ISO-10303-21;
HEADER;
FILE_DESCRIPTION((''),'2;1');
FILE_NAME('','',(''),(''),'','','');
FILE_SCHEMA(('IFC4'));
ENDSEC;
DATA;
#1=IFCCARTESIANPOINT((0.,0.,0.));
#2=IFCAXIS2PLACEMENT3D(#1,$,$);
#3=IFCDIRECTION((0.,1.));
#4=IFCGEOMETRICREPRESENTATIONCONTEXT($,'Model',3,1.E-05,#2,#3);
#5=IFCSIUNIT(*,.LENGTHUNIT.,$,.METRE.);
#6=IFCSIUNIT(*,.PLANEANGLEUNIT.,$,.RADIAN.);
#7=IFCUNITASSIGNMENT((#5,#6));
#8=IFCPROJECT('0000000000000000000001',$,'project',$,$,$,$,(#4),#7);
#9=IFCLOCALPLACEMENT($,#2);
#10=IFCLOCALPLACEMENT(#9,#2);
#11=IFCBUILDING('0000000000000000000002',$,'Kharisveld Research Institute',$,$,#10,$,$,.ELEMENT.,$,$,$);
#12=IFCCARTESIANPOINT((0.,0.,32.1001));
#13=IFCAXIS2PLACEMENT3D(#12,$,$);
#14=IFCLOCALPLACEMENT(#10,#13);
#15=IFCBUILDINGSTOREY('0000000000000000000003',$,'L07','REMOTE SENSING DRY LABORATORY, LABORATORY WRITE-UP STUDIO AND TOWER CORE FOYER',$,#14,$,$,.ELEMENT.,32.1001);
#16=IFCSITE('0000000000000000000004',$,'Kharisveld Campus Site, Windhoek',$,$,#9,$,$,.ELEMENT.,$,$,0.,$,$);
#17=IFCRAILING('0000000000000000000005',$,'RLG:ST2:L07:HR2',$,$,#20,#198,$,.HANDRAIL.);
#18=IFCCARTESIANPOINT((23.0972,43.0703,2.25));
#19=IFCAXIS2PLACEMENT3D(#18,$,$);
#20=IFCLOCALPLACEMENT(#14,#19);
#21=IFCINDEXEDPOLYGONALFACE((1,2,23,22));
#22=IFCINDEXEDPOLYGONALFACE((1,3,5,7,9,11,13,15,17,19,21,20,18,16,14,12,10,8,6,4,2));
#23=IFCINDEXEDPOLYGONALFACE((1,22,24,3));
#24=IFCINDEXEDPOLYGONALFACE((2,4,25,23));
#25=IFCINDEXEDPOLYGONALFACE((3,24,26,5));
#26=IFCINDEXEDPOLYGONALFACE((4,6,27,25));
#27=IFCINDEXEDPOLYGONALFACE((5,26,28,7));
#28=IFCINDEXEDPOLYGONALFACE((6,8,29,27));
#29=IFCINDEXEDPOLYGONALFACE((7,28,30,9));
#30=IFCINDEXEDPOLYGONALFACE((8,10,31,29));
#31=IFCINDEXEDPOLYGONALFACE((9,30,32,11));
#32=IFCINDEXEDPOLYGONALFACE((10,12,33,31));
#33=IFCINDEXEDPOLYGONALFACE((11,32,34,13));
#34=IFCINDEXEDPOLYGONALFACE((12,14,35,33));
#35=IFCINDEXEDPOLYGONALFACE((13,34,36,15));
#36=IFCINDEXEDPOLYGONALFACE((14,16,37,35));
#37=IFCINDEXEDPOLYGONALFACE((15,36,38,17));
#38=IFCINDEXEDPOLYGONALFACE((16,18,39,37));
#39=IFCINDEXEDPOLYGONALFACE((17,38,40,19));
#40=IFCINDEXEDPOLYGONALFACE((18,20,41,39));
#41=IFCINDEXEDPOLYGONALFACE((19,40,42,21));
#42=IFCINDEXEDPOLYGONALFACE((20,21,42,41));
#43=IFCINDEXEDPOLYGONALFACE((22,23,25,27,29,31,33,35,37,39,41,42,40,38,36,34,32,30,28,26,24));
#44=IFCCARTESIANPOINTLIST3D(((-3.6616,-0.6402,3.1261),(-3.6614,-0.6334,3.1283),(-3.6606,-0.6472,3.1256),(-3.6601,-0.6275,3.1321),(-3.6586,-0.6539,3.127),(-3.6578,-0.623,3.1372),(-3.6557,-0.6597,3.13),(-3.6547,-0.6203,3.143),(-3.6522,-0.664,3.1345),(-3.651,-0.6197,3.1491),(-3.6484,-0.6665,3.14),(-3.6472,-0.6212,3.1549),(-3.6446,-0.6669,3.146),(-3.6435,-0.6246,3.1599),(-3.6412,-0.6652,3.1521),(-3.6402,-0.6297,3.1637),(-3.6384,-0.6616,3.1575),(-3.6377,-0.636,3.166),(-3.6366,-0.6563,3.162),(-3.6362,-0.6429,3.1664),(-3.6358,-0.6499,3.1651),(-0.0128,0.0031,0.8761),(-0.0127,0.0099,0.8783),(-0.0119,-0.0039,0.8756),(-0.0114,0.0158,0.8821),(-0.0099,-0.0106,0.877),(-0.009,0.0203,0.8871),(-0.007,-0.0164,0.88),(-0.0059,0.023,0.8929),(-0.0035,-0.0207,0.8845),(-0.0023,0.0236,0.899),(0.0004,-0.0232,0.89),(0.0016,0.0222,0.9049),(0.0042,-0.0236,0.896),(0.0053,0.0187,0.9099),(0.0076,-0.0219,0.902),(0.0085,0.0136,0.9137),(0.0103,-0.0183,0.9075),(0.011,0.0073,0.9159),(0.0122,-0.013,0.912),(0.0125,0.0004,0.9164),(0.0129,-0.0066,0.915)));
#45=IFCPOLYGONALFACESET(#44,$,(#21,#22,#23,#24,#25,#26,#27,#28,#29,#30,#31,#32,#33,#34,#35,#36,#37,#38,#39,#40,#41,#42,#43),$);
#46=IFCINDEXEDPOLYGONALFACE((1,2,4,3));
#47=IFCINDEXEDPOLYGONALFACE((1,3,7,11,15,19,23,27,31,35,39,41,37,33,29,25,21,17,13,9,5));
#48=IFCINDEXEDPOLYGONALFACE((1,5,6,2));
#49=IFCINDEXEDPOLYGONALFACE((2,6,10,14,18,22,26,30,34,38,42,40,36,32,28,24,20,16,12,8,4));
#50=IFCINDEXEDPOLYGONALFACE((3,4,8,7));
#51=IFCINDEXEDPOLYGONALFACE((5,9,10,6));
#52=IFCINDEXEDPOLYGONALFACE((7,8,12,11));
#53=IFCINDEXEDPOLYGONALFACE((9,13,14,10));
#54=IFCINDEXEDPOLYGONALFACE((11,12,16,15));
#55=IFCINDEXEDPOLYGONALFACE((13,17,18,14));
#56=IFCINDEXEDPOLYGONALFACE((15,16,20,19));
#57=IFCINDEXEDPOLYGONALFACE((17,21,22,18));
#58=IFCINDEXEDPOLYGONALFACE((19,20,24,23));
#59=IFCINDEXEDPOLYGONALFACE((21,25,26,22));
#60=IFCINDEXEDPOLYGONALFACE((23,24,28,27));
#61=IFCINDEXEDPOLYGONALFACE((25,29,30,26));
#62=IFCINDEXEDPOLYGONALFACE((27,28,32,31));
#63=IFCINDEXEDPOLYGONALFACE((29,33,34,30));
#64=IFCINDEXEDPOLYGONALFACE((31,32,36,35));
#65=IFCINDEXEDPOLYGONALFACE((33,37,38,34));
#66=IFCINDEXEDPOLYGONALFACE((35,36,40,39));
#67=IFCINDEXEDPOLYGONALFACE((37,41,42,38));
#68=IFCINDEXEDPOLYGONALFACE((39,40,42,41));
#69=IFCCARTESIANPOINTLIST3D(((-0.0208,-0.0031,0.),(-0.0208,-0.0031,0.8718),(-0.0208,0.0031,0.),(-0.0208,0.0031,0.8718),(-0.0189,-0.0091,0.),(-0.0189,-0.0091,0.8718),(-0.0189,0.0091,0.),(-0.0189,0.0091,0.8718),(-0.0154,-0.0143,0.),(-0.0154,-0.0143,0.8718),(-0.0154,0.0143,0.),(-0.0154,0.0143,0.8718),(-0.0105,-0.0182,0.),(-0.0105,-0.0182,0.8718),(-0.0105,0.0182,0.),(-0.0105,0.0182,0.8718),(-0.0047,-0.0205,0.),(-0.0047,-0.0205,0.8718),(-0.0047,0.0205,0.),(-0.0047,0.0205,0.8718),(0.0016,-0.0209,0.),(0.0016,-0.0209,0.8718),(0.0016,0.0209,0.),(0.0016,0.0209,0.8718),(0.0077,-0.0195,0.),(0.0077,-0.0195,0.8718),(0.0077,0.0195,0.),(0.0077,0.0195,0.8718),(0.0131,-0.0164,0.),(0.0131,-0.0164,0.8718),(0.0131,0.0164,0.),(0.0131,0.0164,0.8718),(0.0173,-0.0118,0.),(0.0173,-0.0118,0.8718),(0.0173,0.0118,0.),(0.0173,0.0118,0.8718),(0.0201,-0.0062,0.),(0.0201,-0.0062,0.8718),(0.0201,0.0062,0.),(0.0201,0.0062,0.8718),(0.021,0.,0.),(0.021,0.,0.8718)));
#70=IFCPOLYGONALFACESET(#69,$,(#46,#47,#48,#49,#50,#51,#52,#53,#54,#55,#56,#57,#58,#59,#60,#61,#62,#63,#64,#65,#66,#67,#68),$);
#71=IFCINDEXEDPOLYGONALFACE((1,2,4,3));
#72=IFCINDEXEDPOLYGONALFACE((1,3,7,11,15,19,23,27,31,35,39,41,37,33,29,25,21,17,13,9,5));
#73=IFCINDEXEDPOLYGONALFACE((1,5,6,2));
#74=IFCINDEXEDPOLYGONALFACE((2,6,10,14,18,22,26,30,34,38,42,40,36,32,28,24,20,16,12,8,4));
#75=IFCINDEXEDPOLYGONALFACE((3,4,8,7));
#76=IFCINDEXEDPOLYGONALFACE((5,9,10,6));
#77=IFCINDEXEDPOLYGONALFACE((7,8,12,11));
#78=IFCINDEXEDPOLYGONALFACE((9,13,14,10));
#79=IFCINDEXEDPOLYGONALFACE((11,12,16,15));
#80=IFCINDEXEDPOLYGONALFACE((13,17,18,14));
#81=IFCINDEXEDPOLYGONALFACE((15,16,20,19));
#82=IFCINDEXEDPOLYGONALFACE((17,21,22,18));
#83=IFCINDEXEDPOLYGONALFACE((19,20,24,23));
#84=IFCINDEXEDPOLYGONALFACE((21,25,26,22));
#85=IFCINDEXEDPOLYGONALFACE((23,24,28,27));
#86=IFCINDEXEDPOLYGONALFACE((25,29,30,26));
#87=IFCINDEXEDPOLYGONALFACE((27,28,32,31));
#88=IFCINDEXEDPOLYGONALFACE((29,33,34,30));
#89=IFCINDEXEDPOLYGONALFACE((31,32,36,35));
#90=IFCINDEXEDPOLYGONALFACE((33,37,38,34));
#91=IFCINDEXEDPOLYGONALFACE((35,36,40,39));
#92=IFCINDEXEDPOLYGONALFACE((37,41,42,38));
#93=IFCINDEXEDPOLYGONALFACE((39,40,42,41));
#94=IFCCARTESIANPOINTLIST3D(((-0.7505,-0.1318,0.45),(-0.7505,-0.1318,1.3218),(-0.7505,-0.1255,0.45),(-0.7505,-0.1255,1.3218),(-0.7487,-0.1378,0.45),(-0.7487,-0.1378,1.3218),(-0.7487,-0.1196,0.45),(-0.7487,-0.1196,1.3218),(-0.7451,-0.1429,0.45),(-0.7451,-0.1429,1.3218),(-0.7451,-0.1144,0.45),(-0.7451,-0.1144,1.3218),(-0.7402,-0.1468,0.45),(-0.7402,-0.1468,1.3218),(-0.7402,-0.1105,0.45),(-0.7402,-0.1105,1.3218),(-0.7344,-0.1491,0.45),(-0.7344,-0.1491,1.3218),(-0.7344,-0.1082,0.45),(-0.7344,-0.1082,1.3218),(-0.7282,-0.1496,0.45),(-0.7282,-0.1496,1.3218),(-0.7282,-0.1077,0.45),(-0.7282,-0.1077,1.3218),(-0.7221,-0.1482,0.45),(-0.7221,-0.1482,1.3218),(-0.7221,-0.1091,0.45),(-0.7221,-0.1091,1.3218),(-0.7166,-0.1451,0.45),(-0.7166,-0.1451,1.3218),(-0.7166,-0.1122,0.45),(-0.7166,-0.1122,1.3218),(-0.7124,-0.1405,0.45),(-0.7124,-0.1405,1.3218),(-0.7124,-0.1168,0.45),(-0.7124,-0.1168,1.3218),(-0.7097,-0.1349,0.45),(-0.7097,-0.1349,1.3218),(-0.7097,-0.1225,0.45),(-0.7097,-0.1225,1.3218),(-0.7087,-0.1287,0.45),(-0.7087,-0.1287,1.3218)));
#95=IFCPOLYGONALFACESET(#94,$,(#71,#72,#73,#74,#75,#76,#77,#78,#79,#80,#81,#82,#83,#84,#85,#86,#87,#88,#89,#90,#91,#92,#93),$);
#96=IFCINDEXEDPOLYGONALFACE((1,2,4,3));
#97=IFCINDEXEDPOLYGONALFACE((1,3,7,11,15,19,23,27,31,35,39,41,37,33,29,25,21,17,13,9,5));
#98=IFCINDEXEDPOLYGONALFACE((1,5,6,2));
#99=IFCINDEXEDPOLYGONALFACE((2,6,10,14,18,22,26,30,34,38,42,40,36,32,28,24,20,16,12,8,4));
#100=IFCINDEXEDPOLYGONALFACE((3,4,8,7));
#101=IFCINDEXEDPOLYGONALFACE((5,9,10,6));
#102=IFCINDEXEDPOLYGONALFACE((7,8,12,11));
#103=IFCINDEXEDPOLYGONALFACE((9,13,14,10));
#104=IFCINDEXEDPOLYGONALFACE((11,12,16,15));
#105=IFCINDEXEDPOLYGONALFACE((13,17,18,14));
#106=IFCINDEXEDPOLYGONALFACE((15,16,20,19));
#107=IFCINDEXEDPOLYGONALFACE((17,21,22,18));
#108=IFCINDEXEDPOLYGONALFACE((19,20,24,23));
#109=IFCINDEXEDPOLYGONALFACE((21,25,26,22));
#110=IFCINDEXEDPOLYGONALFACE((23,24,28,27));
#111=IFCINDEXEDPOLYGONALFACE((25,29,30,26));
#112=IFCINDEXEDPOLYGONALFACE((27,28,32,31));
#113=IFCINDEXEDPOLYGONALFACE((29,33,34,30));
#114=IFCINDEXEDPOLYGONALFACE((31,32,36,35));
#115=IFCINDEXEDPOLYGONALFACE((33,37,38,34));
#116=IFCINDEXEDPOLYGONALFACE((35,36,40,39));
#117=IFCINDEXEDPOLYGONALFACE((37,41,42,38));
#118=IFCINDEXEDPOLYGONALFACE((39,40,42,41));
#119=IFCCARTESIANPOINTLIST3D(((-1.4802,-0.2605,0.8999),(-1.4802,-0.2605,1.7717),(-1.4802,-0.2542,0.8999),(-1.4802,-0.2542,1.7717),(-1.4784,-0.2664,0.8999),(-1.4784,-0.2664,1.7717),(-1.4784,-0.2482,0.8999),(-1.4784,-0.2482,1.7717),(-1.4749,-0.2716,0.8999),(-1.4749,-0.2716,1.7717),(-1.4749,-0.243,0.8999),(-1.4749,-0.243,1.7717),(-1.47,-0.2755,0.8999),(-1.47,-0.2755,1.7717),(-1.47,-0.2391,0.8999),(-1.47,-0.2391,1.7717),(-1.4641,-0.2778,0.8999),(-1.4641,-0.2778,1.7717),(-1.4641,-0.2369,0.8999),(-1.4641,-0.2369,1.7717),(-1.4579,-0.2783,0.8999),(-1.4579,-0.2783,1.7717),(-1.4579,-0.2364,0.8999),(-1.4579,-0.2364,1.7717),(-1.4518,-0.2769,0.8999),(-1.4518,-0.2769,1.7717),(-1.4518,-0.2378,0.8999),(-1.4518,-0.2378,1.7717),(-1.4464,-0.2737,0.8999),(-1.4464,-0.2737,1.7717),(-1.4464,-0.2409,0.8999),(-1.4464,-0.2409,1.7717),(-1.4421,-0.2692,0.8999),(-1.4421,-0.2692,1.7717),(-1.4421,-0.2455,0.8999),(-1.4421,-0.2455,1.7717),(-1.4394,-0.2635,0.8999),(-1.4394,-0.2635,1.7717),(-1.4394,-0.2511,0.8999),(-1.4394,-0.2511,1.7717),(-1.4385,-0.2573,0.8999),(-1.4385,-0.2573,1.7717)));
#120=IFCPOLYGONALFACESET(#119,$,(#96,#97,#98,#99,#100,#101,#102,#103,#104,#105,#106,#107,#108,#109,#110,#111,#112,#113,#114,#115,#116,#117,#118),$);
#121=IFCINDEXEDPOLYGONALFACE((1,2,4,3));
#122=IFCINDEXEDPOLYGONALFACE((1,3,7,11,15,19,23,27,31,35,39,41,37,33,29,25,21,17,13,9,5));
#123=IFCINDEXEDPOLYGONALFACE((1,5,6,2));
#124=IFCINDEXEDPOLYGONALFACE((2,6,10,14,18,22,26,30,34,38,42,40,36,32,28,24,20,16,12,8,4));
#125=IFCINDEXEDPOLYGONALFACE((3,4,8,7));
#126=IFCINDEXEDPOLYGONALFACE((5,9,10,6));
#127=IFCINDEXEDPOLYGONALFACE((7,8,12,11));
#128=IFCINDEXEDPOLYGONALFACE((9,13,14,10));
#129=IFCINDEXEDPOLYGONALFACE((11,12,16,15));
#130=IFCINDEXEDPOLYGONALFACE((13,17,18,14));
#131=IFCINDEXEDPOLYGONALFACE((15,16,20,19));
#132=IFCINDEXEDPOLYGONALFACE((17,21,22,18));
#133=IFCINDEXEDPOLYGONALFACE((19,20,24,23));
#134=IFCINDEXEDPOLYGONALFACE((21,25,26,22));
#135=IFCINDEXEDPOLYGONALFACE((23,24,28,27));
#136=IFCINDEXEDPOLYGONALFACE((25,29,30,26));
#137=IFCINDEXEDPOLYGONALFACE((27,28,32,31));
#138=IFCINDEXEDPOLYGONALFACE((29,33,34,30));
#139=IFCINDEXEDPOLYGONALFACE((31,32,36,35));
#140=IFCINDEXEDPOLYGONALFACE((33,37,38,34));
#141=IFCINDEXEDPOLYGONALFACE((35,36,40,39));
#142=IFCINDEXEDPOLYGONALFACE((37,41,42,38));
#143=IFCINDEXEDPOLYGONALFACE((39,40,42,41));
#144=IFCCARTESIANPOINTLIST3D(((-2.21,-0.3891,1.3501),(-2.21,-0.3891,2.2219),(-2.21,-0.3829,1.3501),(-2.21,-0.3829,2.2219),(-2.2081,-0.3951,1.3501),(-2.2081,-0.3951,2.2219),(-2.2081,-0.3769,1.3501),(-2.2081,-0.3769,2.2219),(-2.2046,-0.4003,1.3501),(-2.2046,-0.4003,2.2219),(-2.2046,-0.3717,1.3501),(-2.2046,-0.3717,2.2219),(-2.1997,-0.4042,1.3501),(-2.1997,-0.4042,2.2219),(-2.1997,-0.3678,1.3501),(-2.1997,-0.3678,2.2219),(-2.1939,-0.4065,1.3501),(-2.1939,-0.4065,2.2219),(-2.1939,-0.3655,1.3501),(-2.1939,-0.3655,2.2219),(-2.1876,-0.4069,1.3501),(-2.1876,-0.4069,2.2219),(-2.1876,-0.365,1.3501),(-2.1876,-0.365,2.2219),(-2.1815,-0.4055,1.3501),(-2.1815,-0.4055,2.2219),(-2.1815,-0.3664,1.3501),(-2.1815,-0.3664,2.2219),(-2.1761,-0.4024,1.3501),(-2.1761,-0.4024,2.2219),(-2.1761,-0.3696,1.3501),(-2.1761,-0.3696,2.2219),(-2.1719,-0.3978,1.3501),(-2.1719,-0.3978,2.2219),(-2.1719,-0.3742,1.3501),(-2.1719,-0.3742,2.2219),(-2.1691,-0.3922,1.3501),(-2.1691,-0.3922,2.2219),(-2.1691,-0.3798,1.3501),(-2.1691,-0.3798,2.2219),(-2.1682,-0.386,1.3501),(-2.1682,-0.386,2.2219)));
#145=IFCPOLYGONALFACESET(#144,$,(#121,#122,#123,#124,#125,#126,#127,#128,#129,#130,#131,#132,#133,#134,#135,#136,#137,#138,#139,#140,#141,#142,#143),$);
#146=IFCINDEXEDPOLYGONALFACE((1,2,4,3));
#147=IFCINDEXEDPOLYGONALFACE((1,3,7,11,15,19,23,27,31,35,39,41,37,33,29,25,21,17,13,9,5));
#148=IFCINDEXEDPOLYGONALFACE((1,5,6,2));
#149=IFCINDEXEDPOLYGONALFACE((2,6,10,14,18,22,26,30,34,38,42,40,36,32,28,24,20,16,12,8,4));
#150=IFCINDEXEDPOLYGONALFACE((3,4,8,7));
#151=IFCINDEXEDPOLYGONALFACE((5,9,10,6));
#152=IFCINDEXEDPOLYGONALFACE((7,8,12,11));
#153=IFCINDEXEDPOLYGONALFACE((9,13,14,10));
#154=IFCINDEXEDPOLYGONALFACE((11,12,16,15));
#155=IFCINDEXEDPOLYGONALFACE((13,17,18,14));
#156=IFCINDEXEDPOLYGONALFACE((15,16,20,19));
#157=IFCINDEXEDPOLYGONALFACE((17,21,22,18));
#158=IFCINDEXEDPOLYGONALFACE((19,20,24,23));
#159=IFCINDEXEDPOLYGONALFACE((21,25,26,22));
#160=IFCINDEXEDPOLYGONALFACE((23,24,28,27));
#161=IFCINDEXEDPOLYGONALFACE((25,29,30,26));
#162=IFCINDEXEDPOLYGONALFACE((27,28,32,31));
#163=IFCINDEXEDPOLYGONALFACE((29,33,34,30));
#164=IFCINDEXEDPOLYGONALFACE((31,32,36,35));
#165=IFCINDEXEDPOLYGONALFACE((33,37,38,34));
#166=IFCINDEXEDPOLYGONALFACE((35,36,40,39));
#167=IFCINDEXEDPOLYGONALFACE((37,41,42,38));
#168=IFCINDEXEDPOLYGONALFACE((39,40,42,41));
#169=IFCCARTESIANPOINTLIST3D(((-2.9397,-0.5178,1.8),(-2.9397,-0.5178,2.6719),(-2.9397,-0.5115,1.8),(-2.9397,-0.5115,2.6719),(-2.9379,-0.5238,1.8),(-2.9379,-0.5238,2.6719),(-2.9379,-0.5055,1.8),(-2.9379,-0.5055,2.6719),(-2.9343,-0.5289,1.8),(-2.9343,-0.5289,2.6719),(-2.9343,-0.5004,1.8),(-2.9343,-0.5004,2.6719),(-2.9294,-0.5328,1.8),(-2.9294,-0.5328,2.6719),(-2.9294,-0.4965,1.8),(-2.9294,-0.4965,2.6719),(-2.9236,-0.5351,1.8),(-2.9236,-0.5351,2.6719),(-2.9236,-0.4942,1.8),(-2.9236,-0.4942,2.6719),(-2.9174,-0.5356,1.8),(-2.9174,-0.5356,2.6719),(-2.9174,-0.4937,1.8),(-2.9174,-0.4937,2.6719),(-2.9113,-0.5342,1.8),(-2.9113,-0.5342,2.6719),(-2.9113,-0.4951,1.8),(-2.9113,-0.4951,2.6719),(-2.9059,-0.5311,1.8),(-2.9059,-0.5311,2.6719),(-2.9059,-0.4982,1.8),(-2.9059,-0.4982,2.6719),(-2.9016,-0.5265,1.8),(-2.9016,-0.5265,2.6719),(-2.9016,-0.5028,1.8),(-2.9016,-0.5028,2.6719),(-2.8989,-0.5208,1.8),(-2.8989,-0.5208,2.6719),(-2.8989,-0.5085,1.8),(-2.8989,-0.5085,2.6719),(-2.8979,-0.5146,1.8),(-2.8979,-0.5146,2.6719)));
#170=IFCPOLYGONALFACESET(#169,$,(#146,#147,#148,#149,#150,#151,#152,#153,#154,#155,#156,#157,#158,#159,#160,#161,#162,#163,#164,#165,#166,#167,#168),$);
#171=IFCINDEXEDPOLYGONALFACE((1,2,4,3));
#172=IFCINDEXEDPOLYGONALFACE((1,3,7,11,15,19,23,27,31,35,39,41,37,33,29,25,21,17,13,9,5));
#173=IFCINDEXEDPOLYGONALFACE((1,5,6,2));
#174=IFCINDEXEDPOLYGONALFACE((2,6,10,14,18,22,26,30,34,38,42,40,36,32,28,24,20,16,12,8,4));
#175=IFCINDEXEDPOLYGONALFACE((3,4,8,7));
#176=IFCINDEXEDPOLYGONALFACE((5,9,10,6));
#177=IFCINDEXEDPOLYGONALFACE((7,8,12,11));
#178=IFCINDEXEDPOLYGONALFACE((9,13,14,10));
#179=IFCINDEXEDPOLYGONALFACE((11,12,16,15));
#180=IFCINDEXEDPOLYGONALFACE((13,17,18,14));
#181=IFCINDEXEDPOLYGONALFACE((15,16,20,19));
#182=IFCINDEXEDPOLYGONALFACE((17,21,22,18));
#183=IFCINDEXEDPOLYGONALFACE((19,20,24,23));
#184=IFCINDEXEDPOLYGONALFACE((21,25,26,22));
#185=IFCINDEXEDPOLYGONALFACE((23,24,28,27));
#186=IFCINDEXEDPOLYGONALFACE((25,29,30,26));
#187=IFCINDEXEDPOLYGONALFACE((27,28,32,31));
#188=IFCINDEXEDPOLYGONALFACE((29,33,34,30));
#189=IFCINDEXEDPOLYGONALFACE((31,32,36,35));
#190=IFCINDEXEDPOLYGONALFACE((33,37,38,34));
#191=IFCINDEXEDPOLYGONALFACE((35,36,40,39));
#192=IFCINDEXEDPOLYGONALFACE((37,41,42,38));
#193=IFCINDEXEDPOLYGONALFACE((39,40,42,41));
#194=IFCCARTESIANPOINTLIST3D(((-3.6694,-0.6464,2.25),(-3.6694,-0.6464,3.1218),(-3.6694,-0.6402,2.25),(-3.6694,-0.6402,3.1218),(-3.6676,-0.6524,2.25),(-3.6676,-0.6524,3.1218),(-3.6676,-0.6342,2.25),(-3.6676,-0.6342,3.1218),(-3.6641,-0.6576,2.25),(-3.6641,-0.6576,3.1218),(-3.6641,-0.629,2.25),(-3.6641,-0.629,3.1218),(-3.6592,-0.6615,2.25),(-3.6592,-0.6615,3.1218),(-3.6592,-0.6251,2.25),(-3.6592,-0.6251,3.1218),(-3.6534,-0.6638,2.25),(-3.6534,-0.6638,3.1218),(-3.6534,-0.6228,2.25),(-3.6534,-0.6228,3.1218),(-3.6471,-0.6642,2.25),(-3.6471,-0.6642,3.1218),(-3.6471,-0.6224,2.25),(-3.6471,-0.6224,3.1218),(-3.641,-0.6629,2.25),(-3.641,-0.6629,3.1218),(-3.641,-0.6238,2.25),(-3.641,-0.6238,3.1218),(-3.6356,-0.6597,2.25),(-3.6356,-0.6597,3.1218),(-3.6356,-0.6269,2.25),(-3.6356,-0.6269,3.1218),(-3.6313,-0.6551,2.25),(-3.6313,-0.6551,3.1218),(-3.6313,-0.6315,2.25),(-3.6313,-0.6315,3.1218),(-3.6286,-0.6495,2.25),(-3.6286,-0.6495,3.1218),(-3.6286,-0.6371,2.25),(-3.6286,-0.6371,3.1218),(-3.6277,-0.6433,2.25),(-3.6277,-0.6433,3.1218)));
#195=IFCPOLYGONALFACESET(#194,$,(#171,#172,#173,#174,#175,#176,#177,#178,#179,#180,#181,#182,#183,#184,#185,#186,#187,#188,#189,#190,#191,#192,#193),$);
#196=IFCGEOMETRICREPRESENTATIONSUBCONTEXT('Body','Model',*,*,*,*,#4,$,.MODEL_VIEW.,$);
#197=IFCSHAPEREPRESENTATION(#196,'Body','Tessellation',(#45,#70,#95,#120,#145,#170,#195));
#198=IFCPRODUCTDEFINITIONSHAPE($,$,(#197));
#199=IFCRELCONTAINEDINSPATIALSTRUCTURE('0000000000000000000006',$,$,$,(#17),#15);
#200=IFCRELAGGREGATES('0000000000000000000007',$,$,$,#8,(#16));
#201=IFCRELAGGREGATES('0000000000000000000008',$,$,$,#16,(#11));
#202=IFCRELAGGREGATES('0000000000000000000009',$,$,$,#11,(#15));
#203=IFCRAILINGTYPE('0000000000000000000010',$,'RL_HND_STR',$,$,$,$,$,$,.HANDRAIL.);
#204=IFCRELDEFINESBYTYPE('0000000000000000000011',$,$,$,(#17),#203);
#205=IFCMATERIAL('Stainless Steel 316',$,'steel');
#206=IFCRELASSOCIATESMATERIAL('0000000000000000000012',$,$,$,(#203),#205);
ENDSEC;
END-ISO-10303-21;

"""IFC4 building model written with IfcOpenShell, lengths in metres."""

from ifc_helpers import new_model, si_unit, direction, frame, origin, origin_2d, place, context, subcontext, project, spatial, circle, extrude, material, type_object, element, save


model = new_model("IFC4")

# Units and contexts
model_context = context("Model", 3, precision=1e-05, world=origin(), true_north=direction((0.0, 1.0)))
body_context = subcontext(model_context, "Body", "Model", "MODEL_VIEW")
ifc_project = project(units=[si_unit("LENGTHUNIT", "METRE"), si_unit("PLANEANGLEUNIT", "RADIAN")], contexts=[model_context])

# Site, building, storey
site_placement = place(None, origin())
site = spatial("IfcSite", under=ifc_project, at=site_placement, Name="Kharisveld Campus Site, Windhoek", CompositionType="ELEMENT", RefElevation=0.0)
building_placement = place(site_placement, origin())
building = spatial("IfcBuilding", under=site, at=building_placement, Name="Kharisveld Research Institute", CompositionType="ELEMENT")
storey_placement = place(building_placement, frame((0.0, 0.0, 32.1001)))
storey = spatial("IfcBuildingStorey", under=building, at=storey_placement, Name="L07", Description="REMOTE SENSING DRY LABORATORY, LABORATORY WRITE-UP STUDIO AND TOWER CORE FOYER", CompositionType="ELEMENT", Elevation=32.1001)

# Railing
ifc_material_1 = material(Name="Stainless Steel 316", Category="steel")
railing_type_1 = type_object("IfcRailingType", Name="RL_HND_STR", PredefinedType="HANDRAIL", material=ifc_material_1)
railing_1_placement = place(storey_placement, frame((23.0972, 43.0703, 2.25)))
element("IfcRailing", 1, at=railing_1_placement, inside=storey, type_object=railing_type_1, Name="RLG:ST2:L07:HR2", PredefinedType="HANDRAIL", context=body_context, shape_type="SweptSolid", body=[
    extrude(circle(Radius=0.0239, at=origin_2d()), frame((0.0, 0.0, 0.896), z_axis=(-0.841747, -0.148411, 0.519073), x_axis=(0.173635, -0.98481, 0.0)), (0.0, 0.0, 1.0), 4.3347),
    extrude(circle(Radius=0.021, at=origin_2d()), origin(), (0.0, 0.0, 1.0), 0.8718),
    extrude(circle(Radius=0.021, at=origin_2d()), frame((-0.7297, -0.1287, 0.45)), (0.0, 0.0, 1.0), 0.8718),
    extrude(circle(Radius=0.021, at=origin_2d()), frame((-1.4595, -0.2573, 0.8999)), (0.0, 0.0, 1.0), 0.8718),
    extrude(circle(Radius=0.021, at=origin_2d()), frame((-2.1892, -0.386, 1.3501)), (0.0, 0.0, 1.0), 0.8718),
    extrude(circle(Radius=0.021, at=origin_2d()), frame((-2.9189, -0.5146, 1.8)), (0.0, 0.0, 1.0), 0.8718),
    extrude(circle(Radius=0.021, at=origin_2d()), frame((-3.6487, -0.6433, 2.25)), (0.0, 0.0, 1.0), 0.8718),
])

save(model, "model.ifc")
